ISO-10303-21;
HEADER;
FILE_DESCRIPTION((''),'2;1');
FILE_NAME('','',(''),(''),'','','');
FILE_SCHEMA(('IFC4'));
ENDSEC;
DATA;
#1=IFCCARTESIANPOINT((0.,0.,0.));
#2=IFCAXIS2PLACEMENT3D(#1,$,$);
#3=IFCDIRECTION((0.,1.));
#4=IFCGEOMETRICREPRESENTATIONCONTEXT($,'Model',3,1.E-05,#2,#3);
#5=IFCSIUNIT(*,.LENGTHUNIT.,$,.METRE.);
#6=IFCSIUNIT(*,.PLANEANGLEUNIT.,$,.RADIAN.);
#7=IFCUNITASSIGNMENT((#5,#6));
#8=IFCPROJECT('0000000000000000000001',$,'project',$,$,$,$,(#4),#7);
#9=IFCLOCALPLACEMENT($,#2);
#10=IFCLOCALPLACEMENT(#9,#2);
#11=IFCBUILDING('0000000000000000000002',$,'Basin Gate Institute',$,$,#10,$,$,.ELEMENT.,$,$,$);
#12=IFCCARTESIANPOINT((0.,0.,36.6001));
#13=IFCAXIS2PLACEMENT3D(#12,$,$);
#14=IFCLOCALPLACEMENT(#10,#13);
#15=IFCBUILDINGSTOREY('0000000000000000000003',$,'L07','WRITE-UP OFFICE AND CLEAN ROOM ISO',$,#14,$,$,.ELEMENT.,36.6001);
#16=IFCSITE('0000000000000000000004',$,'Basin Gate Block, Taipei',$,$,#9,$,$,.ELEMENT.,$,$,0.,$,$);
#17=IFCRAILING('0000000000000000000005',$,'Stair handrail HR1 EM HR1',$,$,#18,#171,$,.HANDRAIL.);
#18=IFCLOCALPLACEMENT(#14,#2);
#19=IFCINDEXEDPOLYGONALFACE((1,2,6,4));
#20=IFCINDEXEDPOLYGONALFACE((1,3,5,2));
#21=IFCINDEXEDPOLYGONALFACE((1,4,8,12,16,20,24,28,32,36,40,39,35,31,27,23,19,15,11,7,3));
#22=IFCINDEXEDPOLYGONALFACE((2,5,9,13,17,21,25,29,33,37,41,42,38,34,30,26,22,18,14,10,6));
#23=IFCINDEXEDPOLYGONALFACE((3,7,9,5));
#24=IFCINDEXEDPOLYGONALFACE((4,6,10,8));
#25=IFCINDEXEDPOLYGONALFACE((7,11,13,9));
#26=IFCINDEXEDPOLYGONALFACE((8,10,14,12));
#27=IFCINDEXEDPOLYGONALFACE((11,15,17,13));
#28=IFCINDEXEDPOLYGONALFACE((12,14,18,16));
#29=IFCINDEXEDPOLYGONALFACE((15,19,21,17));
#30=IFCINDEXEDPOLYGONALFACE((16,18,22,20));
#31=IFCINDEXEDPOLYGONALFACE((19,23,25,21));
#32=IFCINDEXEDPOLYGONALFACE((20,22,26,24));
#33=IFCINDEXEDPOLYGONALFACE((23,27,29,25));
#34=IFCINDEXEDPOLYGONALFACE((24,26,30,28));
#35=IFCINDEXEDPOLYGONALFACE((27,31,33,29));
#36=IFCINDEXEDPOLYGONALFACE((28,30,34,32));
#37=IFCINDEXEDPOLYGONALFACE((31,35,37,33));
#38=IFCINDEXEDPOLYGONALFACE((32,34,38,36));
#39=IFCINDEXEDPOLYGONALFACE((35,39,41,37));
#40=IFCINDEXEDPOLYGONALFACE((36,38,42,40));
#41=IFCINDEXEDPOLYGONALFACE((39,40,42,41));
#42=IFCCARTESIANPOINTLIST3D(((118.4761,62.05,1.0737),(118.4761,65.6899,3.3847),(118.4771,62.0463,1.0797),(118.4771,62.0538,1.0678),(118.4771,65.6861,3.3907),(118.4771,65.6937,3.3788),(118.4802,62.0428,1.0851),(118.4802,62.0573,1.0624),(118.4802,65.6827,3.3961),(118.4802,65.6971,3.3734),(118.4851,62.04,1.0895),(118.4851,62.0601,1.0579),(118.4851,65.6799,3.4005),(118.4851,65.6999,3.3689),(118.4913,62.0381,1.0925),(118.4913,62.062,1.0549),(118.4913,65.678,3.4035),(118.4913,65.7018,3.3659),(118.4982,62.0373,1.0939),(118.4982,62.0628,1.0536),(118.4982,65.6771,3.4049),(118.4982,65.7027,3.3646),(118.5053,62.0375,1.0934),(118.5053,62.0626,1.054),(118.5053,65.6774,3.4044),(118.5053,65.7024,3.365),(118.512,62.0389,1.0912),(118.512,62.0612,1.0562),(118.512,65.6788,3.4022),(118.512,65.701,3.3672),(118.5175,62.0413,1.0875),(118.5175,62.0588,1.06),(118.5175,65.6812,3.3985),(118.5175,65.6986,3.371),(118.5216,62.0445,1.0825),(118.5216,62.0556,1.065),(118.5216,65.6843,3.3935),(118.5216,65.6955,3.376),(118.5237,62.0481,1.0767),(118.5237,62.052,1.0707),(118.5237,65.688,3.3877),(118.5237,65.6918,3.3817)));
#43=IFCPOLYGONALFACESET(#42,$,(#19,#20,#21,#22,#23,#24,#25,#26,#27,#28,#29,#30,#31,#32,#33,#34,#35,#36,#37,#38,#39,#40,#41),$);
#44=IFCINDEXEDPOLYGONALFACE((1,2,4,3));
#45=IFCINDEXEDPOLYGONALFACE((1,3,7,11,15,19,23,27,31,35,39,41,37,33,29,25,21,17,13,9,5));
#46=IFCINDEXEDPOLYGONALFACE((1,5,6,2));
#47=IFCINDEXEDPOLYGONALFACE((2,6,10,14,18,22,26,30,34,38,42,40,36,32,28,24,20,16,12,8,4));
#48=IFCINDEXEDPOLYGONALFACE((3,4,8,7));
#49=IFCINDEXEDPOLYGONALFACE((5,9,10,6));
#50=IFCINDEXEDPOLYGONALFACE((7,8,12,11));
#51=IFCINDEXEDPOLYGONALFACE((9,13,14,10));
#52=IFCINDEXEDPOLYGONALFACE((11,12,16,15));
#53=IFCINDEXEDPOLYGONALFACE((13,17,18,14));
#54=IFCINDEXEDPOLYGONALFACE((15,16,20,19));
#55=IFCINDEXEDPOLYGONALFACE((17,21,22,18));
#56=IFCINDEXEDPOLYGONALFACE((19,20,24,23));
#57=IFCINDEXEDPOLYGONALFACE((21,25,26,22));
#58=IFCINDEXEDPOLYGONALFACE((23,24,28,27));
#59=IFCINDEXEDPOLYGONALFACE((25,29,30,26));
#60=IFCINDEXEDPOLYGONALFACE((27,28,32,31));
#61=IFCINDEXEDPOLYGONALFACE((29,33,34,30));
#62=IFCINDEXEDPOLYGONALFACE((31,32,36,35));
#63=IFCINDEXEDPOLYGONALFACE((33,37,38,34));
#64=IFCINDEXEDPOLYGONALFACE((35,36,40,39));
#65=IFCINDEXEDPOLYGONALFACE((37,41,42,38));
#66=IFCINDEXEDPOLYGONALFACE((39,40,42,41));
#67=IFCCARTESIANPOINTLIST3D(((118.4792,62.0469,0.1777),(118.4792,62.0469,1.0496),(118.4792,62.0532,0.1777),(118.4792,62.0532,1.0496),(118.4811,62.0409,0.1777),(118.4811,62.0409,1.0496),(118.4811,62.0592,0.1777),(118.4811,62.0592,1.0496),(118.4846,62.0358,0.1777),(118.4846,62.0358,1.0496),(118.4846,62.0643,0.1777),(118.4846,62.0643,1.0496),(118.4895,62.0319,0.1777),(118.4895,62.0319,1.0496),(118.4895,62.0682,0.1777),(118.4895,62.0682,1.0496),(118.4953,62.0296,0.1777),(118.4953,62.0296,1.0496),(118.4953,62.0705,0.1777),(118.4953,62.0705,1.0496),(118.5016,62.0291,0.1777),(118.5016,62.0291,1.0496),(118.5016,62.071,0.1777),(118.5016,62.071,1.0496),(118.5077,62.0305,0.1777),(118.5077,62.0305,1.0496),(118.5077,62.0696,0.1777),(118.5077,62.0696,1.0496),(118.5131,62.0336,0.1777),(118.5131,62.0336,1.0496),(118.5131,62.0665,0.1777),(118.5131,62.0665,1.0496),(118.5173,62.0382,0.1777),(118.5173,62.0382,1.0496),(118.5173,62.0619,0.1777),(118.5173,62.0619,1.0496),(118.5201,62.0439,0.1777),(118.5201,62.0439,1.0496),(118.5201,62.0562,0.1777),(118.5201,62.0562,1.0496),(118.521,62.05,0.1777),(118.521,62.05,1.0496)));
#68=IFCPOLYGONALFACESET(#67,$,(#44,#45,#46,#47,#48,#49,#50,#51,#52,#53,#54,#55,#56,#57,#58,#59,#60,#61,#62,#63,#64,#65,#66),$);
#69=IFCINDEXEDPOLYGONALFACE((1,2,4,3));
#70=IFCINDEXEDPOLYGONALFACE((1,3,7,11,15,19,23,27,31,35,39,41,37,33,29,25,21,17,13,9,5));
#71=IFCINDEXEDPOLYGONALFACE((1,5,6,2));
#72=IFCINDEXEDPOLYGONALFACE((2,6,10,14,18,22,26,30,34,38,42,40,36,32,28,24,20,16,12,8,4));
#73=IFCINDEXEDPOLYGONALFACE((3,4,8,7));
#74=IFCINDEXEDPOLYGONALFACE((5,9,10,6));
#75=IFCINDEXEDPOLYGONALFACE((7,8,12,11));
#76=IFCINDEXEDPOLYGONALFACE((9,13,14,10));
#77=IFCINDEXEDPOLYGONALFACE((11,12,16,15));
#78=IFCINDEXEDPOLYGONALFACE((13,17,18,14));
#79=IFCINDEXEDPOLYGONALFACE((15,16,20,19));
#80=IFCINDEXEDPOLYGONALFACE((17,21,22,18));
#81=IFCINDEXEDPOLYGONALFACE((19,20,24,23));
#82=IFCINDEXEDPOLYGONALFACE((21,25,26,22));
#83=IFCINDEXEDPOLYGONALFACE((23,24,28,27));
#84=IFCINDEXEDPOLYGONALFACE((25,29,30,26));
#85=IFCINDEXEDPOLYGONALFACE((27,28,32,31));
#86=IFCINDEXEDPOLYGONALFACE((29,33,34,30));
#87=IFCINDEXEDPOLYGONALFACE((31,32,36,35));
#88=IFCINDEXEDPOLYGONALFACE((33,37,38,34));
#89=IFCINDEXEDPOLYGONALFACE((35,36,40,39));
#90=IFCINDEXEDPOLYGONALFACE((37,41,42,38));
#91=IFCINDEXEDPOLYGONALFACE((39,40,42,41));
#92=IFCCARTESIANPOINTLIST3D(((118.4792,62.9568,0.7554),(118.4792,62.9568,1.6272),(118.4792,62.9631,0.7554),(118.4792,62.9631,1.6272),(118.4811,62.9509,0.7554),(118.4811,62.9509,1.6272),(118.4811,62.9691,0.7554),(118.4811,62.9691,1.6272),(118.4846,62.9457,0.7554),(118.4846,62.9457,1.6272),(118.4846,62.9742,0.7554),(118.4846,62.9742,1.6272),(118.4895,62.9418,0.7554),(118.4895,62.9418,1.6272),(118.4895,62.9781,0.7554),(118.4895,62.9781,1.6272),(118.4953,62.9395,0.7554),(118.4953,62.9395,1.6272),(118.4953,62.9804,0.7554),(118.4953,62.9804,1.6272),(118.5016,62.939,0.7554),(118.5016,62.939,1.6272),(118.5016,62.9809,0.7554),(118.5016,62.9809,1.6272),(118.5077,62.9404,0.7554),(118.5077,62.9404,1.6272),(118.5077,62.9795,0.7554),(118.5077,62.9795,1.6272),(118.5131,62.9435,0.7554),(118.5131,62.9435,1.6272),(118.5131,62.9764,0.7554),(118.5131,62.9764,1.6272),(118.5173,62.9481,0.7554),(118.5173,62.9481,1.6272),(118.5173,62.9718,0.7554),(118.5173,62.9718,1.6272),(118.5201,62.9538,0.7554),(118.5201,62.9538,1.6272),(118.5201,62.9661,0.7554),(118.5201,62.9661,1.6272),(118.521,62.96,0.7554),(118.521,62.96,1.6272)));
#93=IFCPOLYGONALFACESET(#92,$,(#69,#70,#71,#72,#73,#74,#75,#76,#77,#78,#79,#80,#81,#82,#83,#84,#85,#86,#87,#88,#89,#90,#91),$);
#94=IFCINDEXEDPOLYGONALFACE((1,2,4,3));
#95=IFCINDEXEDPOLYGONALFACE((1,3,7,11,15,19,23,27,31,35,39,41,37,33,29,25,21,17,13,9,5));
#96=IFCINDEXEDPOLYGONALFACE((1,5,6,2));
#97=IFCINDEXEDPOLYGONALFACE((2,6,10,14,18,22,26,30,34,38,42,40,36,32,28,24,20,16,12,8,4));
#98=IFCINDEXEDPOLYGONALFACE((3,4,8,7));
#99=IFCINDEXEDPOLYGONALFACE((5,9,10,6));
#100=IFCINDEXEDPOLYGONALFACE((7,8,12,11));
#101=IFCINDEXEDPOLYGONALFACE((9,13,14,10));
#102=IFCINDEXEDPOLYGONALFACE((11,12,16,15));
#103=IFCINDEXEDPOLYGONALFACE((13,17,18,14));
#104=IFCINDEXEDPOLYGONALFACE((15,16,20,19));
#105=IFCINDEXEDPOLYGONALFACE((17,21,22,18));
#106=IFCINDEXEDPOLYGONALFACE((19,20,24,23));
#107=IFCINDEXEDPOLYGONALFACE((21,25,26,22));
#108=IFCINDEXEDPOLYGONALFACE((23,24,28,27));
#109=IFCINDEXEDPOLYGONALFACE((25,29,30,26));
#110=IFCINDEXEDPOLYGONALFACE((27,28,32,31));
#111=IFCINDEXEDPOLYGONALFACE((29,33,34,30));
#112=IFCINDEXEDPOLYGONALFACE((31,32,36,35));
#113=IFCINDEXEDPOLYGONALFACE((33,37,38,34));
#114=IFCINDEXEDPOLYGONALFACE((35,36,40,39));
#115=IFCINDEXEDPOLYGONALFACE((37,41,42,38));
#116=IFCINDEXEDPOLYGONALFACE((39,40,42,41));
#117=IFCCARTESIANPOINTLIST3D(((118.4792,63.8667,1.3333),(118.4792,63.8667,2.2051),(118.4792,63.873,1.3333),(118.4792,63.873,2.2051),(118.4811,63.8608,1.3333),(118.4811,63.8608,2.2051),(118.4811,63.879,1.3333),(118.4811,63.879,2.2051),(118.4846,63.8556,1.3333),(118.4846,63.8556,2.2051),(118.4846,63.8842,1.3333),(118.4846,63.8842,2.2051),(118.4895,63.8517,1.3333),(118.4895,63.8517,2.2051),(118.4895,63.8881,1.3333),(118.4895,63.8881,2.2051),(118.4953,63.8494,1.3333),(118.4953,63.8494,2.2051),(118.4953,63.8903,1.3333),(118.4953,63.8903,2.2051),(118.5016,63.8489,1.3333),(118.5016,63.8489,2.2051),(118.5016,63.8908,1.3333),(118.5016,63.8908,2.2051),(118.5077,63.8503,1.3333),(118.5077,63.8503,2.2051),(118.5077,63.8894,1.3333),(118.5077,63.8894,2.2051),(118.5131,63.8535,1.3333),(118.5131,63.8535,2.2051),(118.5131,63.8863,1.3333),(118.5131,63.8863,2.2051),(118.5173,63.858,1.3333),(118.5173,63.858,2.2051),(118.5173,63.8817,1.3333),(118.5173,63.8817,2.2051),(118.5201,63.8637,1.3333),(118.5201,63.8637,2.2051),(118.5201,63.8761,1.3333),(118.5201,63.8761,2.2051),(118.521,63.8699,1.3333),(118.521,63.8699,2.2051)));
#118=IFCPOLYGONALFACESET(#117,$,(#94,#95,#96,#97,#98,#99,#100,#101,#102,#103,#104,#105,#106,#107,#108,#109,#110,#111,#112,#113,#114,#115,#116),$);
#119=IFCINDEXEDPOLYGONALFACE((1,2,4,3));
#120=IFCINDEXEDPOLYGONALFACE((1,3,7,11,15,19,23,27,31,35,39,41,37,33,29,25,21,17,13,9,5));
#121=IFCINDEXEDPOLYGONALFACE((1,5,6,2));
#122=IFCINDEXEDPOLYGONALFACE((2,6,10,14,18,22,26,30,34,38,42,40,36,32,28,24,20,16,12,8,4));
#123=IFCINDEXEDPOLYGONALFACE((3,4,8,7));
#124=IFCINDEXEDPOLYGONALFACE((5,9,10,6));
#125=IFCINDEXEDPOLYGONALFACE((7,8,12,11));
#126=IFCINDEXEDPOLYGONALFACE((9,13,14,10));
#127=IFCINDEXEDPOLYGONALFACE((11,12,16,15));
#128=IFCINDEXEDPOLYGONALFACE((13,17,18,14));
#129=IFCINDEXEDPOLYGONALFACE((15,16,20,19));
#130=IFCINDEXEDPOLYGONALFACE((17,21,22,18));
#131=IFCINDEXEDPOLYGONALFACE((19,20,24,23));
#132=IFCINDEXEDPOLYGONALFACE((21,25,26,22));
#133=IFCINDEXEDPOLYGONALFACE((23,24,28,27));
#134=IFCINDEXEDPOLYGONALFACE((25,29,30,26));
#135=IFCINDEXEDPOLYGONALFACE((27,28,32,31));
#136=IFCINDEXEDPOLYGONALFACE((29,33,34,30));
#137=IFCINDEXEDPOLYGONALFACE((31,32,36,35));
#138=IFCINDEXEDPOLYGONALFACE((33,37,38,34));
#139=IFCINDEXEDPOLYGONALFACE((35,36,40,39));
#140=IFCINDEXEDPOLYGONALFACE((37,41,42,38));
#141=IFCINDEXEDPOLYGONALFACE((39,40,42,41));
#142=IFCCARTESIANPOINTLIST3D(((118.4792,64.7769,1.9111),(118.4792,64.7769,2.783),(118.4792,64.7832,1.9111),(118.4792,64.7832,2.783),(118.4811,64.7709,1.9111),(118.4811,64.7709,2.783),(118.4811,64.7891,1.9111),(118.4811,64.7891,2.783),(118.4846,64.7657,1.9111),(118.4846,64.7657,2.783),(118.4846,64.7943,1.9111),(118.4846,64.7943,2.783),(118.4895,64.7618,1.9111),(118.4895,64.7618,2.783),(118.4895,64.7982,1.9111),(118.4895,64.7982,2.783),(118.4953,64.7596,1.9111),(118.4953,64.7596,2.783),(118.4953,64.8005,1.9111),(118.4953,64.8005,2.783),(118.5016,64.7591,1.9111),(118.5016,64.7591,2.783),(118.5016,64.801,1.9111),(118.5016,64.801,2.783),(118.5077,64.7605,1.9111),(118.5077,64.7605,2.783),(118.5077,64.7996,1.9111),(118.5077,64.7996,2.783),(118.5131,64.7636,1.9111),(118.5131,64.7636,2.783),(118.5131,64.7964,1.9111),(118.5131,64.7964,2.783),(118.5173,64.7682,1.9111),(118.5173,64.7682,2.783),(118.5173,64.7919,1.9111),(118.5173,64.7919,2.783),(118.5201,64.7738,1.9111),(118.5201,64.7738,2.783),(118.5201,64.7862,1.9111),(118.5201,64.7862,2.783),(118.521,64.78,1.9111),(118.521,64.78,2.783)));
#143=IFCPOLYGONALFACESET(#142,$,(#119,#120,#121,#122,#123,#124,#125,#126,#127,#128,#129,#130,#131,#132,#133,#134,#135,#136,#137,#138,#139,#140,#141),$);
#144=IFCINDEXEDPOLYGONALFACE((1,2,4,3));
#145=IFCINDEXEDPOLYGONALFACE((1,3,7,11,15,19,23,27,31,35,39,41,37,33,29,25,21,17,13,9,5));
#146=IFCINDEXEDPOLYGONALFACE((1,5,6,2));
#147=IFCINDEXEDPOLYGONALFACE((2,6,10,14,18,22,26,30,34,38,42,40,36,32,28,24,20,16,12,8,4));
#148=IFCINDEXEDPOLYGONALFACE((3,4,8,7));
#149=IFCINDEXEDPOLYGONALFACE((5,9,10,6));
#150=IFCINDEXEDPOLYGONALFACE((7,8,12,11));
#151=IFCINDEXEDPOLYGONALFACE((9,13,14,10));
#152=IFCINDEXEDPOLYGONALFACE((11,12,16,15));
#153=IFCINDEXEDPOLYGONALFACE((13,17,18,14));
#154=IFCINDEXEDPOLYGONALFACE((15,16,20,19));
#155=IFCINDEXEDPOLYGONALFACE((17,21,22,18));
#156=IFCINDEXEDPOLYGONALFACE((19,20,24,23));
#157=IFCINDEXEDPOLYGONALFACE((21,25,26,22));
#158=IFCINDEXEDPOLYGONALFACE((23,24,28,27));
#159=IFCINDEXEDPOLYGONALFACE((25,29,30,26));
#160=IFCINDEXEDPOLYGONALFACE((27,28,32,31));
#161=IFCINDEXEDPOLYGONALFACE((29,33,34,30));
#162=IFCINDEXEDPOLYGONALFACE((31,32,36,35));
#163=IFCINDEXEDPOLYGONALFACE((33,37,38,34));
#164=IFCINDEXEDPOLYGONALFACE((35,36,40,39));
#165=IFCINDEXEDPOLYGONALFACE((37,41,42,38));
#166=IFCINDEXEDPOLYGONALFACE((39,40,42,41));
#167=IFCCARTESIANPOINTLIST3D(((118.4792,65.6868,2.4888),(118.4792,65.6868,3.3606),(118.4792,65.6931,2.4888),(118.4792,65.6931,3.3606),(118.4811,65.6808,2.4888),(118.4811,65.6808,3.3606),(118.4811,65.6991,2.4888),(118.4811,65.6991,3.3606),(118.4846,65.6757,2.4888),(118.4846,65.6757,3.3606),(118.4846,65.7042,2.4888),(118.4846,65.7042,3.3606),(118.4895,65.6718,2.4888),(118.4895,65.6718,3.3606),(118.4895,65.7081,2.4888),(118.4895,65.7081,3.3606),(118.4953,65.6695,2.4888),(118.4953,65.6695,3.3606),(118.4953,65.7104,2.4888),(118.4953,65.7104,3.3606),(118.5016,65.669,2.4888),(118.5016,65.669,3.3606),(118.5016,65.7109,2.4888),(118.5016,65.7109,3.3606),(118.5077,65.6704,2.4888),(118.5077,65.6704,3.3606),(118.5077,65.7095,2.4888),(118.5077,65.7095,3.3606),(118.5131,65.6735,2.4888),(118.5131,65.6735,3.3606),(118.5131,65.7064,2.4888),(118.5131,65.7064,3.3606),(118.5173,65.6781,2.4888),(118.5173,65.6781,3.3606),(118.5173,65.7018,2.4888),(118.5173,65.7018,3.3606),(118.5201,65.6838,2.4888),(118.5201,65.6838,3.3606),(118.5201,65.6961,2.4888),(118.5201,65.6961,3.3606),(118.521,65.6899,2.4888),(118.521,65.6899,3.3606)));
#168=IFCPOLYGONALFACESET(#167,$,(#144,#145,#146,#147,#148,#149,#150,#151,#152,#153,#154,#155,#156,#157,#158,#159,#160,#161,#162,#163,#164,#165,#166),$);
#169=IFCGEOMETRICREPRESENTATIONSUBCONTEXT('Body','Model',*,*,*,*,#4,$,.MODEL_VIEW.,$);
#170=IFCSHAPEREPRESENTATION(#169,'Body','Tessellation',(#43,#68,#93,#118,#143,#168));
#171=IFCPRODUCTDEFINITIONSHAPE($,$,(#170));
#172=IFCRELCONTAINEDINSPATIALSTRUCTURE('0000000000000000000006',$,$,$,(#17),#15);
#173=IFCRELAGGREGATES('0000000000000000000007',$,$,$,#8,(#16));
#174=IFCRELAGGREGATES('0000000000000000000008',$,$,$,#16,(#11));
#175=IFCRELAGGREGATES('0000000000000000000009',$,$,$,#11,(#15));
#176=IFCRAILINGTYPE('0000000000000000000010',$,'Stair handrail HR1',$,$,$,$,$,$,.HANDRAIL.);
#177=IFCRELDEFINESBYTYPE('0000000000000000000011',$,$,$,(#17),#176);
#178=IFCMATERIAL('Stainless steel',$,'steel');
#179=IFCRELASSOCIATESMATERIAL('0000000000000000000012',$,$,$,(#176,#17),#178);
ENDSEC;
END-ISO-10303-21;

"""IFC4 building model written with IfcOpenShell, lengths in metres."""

from ifc_helpers import new_model, si_unit, direction, frame, origin, origin_2d, place, context, subcontext, project, spatial, circle, extrude, material, type_object, element, save


model = new_model("IFC4")

# Units and contexts
model_context = context("Model", 3, precision=1e-05, world=origin(), true_north=direction((0.0, 1.0)))
body_context = subcontext(model_context, "Body", "Model", "MODEL_VIEW")
ifc_project = project(units=[si_unit("LENGTHUNIT", "METRE"), si_unit("PLANEANGLEUNIT", "RADIAN")], contexts=[model_context])

# Site, building, storey
site_placement = place(None, origin())
site = spatial("IfcSite", under=ifc_project, at=site_placement, Name="Basin Gate Block, Taipei", CompositionType="ELEMENT", RefElevation=0.0)
building_placement = place(site_placement, origin())
building = spatial("IfcBuilding", under=site, at=building_placement, Name="Basin Gate Institute", CompositionType="ELEMENT")
storey_placement = place(building_placement, frame((0.0, 0.0, 36.6001)))
storey = spatial("IfcBuildingStorey", under=building, at=storey_placement, Name="L07", Description="WRITE-UP OFFICE AND CLEAN ROOM ISO", CompositionType="ELEMENT", Elevation=36.6001)

# Railing
ifc_material_1 = material(Name="Stainless steel", Category="steel")
railing_type_1 = type_object("IfcRailingType", Name="Stair handrail HR1", PredefinedType="HANDRAIL", material=ifc_material_1)
for number, where, name in (
    (1, (118.5, 62.05, 0.1777), "Stair handrail HR1 EM HR1"),
):
    element("IfcRailing", number, at=place(storey_placement, frame(where)), inside=storey, type_object=railing_type_1, material=ifc_material_1, Name=name, PredefinedType="HANDRAIL", context=body_context, shape_type="SweptSolid", body=[
        extrude(circle(Radius=0.0239, at=origin_2d()), frame((0.0, 0.0, 0.896), z_axis=(0.0, 0.844214, 0.536007), x_axis=(-1.0, 0.0, 0.0)), (0.0, 0.0, 1.0), 4.3115),
        extrude(circle(Radius=0.021, at=origin_2d()), origin(), (0.0, 0.0, 1.0), 0.8718),
        extrude(circle(Radius=0.021, at=origin_2d()), frame((0.0, 0.9099, 0.5776)), (0.0, 0.0, 1.0), 0.8718),
        extrude(circle(Radius=0.021, at=origin_2d()), frame((0.0, 1.8198, 1.1555)), (0.0, 0.0, 1.0), 0.8718),
        extrude(circle(Radius=0.021, at=origin_2d()), frame((0.0, 2.73, 1.7334)), (0.0, 0.0, 1.0), 0.8718),
        extrude(circle(Radius=0.021, at=origin_2d()), frame((0.0, 3.6399, 2.311)), (0.0, 0.0, 1.0), 0.8718),
    ])

save(model, "model.ifc")
